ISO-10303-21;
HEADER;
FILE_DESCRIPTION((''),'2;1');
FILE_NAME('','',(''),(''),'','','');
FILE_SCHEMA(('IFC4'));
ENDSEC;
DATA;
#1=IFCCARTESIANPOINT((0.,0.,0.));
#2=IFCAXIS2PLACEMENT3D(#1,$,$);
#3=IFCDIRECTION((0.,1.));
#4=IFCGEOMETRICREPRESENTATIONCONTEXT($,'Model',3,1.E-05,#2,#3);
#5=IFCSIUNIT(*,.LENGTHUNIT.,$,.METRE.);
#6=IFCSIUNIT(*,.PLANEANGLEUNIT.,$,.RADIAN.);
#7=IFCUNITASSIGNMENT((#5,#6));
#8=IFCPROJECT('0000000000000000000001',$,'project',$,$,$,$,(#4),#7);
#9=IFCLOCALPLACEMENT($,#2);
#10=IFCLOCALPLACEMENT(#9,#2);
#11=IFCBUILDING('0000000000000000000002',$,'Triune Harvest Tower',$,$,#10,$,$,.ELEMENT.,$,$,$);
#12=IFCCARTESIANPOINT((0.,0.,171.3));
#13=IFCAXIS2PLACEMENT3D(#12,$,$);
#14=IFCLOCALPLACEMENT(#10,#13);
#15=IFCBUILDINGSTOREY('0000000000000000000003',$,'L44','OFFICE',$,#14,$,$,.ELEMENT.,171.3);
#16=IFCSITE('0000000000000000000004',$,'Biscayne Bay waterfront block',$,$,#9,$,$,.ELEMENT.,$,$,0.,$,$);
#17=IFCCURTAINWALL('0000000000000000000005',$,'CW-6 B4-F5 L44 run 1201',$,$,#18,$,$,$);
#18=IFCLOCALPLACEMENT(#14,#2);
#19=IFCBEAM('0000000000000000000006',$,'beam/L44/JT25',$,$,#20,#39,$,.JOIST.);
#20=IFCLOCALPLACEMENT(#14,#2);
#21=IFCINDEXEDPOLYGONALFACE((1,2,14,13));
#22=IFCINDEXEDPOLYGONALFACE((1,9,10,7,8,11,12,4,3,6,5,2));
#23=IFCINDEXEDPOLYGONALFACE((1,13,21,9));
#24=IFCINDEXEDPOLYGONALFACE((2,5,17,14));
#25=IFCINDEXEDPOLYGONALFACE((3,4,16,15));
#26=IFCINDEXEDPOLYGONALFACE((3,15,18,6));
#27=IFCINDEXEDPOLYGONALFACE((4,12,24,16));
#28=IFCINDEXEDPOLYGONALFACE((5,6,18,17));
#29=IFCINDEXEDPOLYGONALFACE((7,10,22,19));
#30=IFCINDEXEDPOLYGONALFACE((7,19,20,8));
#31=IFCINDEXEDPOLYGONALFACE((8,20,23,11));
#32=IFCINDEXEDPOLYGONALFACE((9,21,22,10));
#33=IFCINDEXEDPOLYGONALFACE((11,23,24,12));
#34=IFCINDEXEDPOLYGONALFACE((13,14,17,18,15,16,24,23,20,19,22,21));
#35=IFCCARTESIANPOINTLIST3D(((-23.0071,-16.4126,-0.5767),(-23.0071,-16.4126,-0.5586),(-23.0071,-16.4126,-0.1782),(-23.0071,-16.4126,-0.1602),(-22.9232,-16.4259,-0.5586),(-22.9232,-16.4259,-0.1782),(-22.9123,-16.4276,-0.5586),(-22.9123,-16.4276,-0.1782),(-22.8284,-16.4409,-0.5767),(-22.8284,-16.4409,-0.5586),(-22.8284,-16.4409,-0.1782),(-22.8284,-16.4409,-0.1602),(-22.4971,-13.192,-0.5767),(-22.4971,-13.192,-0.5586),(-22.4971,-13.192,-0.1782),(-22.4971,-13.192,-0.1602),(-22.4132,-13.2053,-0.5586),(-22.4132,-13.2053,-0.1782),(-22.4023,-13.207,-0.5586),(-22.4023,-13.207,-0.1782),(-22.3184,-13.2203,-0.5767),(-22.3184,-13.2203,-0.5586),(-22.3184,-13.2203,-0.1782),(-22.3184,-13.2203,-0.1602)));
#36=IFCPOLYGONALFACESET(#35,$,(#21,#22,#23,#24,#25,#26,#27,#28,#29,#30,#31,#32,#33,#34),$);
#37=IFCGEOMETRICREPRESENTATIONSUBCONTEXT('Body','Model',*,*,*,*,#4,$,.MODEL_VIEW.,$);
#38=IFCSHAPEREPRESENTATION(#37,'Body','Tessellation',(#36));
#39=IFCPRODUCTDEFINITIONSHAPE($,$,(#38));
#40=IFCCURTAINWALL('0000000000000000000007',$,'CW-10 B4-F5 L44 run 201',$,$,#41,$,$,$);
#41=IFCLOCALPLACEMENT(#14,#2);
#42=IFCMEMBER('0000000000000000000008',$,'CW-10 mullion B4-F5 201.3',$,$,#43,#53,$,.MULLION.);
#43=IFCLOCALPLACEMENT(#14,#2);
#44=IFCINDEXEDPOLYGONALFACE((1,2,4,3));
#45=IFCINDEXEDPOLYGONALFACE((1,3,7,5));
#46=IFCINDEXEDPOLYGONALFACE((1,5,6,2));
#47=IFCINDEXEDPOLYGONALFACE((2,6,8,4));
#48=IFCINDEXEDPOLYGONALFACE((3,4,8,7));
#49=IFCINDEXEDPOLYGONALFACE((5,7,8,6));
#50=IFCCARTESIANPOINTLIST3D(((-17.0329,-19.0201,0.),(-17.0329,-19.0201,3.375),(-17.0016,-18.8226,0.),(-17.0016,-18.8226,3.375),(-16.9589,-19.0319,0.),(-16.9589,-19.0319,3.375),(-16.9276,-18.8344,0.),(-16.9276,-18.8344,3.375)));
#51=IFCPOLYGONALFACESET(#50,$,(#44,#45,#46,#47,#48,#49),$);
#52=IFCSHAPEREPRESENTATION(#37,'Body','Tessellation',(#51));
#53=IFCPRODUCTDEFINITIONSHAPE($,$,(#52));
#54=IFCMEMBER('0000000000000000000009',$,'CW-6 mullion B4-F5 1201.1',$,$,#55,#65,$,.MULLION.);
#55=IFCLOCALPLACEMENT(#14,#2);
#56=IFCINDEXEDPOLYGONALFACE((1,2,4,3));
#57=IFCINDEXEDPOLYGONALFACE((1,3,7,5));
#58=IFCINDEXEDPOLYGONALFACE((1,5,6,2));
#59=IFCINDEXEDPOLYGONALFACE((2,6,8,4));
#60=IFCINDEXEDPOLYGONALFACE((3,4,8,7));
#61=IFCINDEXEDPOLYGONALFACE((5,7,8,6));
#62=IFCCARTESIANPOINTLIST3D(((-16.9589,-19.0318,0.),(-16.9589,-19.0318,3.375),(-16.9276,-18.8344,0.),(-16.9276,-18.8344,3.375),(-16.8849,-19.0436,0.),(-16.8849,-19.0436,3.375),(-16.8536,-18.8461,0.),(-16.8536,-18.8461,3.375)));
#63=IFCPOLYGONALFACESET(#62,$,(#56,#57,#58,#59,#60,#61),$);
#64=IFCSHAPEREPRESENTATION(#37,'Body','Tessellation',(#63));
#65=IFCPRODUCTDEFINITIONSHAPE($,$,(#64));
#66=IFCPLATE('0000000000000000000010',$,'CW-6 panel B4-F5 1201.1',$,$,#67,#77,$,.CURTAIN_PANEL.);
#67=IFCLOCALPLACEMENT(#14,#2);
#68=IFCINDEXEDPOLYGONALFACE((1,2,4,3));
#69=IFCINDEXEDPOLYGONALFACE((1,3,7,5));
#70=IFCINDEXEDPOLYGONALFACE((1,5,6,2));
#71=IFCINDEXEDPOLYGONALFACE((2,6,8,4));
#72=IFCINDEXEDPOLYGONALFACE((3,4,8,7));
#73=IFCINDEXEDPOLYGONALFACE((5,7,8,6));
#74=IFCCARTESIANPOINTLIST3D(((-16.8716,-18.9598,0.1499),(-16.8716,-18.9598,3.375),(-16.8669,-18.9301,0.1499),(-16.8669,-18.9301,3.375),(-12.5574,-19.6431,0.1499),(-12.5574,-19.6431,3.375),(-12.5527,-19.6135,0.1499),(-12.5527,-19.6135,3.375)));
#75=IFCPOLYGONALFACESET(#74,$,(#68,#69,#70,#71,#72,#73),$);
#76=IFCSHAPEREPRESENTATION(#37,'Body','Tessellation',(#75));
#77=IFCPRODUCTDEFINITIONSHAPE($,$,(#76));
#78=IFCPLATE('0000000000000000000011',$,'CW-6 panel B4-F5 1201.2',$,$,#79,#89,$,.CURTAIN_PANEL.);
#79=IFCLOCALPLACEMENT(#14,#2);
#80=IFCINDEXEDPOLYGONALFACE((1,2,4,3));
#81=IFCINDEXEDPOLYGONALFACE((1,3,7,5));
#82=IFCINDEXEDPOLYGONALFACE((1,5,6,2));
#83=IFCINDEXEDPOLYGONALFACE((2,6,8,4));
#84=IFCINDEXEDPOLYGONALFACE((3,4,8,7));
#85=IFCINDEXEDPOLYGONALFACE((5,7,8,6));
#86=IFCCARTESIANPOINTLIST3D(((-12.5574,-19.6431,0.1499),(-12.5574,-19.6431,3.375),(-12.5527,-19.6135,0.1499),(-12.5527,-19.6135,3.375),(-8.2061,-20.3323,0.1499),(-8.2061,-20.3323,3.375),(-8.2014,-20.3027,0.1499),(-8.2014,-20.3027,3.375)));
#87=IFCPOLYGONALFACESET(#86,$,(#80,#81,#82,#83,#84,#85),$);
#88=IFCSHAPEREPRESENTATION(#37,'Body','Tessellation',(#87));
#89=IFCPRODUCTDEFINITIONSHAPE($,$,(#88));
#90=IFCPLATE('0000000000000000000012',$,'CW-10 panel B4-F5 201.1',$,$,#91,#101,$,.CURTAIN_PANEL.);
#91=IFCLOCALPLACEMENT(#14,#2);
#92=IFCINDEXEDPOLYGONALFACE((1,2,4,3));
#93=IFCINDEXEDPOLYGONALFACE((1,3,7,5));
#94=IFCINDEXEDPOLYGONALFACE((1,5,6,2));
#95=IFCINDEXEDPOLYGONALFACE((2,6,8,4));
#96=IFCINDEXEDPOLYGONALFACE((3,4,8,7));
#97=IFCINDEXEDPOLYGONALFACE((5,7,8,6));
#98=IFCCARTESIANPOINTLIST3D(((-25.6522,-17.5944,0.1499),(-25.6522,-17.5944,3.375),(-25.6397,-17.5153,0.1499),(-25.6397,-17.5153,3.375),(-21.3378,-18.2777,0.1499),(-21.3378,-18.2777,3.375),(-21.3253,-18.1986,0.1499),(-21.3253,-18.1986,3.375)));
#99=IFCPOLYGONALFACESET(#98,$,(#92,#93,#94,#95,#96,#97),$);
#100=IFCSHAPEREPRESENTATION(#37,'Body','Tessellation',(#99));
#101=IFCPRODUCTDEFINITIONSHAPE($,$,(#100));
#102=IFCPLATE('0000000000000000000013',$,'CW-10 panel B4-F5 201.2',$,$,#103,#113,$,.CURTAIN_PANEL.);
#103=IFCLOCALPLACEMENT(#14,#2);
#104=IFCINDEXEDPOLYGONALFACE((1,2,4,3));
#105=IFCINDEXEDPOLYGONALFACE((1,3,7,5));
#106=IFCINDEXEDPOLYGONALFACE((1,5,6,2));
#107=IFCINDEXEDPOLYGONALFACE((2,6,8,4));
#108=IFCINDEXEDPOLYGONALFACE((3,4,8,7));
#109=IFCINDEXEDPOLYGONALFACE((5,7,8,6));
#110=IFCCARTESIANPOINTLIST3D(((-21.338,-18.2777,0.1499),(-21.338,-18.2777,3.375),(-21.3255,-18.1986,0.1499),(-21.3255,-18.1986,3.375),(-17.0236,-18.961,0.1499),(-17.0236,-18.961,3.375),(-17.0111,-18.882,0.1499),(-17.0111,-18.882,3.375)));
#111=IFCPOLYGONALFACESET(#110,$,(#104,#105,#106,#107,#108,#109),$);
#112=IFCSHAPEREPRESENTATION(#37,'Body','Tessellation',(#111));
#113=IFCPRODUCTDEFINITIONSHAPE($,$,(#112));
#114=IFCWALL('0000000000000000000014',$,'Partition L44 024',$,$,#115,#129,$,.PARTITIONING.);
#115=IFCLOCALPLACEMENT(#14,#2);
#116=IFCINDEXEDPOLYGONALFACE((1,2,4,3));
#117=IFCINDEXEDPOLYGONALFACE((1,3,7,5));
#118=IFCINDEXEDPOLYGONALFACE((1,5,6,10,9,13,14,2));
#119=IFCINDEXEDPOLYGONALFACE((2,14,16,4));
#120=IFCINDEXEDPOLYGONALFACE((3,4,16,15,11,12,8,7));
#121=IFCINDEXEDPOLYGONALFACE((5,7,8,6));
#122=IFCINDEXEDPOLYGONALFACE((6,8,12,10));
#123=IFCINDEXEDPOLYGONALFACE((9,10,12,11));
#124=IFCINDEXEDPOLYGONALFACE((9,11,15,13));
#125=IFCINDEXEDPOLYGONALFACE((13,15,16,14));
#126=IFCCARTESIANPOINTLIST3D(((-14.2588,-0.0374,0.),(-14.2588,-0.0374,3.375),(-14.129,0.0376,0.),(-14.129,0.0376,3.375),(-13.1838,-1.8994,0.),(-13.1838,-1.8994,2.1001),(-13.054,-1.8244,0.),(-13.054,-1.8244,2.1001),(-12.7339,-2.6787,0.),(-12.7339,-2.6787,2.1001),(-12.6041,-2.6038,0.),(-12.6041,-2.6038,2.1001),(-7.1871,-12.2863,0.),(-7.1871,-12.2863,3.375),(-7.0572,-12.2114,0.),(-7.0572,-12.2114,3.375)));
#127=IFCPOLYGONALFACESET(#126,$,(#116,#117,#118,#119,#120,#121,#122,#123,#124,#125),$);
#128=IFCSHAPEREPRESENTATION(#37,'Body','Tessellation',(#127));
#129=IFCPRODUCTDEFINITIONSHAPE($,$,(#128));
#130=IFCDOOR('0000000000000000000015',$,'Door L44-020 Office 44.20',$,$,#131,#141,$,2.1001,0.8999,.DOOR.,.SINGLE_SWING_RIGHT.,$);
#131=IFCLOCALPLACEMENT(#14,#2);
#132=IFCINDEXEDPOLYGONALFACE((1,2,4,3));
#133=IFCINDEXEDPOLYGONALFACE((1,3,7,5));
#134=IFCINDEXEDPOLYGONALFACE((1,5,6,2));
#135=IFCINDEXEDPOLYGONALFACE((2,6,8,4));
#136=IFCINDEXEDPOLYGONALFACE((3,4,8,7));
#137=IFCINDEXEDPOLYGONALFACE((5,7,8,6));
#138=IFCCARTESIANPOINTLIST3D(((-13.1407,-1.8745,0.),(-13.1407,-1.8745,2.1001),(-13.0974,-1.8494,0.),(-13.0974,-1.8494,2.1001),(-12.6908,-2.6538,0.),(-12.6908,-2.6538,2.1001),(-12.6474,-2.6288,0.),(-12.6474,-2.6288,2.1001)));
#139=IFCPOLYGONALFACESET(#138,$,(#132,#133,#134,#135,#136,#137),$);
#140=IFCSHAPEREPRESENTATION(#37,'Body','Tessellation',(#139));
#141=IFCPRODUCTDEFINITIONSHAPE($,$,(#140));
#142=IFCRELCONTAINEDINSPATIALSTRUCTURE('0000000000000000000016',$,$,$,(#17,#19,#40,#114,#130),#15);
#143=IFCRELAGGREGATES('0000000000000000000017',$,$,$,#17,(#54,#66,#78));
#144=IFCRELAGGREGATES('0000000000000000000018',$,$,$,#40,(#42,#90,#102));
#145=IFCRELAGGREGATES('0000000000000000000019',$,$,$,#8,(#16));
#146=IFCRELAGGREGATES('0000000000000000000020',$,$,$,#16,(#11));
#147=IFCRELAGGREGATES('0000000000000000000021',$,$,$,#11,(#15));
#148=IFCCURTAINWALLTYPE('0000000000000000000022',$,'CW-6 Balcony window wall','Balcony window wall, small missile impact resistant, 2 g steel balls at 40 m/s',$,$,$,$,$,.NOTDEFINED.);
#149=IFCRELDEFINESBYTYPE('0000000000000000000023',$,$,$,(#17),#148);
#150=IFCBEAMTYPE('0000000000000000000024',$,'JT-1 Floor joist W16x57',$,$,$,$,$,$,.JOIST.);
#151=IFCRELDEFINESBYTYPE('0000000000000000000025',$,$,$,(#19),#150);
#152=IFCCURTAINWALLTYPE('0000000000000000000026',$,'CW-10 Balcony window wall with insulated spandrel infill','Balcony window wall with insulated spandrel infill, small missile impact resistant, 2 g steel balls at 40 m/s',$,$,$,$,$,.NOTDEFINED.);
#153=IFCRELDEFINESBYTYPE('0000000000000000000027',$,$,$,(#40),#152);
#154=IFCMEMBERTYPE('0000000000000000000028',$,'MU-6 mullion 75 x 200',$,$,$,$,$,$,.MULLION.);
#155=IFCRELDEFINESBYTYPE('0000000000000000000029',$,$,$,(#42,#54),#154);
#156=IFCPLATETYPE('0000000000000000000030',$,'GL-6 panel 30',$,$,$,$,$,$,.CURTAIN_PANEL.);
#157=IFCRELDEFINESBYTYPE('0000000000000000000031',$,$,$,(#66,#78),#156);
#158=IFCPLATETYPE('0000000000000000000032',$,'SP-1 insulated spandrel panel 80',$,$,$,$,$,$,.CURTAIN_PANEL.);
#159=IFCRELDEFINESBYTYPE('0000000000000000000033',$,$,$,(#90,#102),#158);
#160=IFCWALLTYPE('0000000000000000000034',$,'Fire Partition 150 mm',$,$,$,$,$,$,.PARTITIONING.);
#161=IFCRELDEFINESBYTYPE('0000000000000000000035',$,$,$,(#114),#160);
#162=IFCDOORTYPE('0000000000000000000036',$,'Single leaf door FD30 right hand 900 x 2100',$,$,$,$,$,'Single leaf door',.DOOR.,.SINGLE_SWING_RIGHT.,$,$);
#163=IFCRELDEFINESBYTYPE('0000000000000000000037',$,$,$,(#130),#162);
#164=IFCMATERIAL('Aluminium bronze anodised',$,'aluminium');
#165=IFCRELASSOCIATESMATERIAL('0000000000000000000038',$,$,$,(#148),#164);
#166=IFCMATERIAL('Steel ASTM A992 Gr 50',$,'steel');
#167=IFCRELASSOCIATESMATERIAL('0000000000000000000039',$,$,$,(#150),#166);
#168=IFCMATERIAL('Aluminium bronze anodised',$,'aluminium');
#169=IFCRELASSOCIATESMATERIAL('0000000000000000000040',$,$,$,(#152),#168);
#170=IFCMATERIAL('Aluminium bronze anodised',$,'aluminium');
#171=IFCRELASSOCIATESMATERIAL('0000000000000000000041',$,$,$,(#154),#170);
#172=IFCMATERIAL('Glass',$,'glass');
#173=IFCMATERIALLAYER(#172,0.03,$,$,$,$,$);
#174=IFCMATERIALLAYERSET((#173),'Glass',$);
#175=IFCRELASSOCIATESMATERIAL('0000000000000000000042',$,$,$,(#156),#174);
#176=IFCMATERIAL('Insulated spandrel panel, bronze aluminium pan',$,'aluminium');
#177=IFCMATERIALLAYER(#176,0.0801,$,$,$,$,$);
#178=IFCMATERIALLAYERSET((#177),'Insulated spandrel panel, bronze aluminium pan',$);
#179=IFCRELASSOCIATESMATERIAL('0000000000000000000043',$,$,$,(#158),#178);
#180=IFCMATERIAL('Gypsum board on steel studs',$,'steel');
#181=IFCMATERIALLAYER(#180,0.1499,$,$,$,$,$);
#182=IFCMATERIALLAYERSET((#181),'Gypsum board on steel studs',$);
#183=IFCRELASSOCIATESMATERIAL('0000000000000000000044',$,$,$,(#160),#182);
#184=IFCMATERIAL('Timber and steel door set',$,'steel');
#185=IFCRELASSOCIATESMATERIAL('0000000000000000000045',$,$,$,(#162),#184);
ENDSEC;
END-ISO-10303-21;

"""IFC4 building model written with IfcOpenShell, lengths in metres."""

from ifc_helpers import new_model, si_unit, direction, frame, frame_2d, origin, origin_2d, place, context, subcontext, project, spatial, rectangle, i_section, extrude, source, transform, mapped, material, layer, layer_set, material_profile, profile_set, type_object, element, fill, aggregate, save


model = new_model("IFC4")

# Units and contexts
model_context = context("Model", 3, precision=1e-05, world=origin(), true_north=direction((0.0, 1.0)))
body_context = subcontext(model_context, "Body", "Model", "MODEL_VIEW")
ifc_project = project(units=[si_unit("LENGTHUNIT", "METRE"), si_unit("PLANEANGLEUNIT", "RADIAN")], contexts=[model_context])

# Site, building, storey
site_placement = place(None, origin())
site = spatial("IfcSite", under=ifc_project, at=site_placement, Name="Biscayne Bay waterfront block", CompositionType="ELEMENT", RefElevation=0.0)
building_placement = place(site_placement, origin())
building = spatial("IfcBuilding", under=site, at=building_placement, Name="Triune Harvest Tower", CompositionType="ELEMENT")
storey_placement = place(building_placement, frame((0.0, 0.0, 171.3)))
storey = spatial("IfcBuildingStorey", under=building, at=storey_placement, Name="L44", Description="OFFICE", CompositionType="ELEMENT", Elevation=171.3)

# Curtain wall
ifc_material_1 = material(Name="Aluminium bronze anodised", Category="aluminium")
curtain_wall_type_1 = type_object("IfcCurtainWallType", Name="CW-6 Balcony window wall", Description="Balcony window wall, small missile impact resistant, 2 g steel balls at 40 m/s", PredefinedType="NOTDEFINED", material=ifc_material_1)
curtain_wall_1_placement = place(storey_placement, origin())
curtain_wall_1 = element("IfcCurtainWall", 1, at=curtain_wall_1_placement, inside=storey, type_object=curtain_wall_type_1, Name="CW-6 B4-F5 L44 run 1201")

# Beam
ifc_material_2 = material(Name="Steel ASTM A992 Gr 50", Category="steel")
ifc_material_profile_1 = material_profile(ifc_material_2, i_section(OverallWidth=0.1809, OverallDepth=0.4165, WebThickness=0.011, FlangeThickness=0.0181, at=origin_2d()), Name="W16x57")
ifc_profile_set_1 = profile_set([ifc_material_profile_1], Name="Steel ASTM A992 Gr 50")
beam_type_1 = type_object("IfcBeamType", Name="JT-1 Floor joist W16x57", PredefinedType="JOIST", material=ifc_profile_set_1)
shared_shape_1 = source(origin(), body_context, "Body", "SweptSolid", [
    extrude(i_section(OverallWidth=0.1809, OverallDepth=0.4165, WebThickness=0.011, FlangeThickness=0.0181, at=origin_2d()), origin(), (0.0, 0.0, 1.0), 3.2607),
])
beam_1_placement = place(storey_placement, frame((-22.9177, -16.4268, -0.3684), z_axis=(0.156405, 0.987693, 0.0), x_axis=(-0.987693, 0.156405, 0.0)))
element("IfcBeam", 2, at=beam_1_placement, inside=storey, type_object=beam_type_1, Name="beam/L44/JT25", PredefinedType="JOIST", context=body_context, shape_type="MappedRepresentation", body=[
    mapped(shared_shape_1, transform((0.0, 0.0, 0.0), scale=1.0)),
])

# Curtain wall, member
ifc_material_3 = material(Name="Aluminium bronze anodised", Category="aluminium")
curtain_wall_type_2 = type_object("IfcCurtainWallType", Name="CW-10 Balcony window wall with insulated spandrel infill", Description="Balcony window wall with insulated spandrel infill, small missile impact resistant, 2 g steel balls at 40 m/s", PredefinedType="NOTDEFINED", material=ifc_material_3)
curtain_wall_2_placement = place(storey_placement, origin())
curtain_wall_2 = element("IfcCurtainWall", 3, at=curtain_wall_2_placement, inside=storey, type_object=curtain_wall_type_2, Name="CW-10 B4-F5 L44 run 201")
ifc_material_4 = material(Name="Aluminium bronze anodised", Category="aluminium")
ifc_material_profile_2 = material_profile(ifc_material_4, rectangle(XDim=0.2, YDim=0.075, at=origin_2d()), Name="MU-6 mullion 75 x 200")
ifc_profile_set_2 = profile_set([ifc_material_profile_2], Name="Aluminium bronze anodised")
member_type_1 = type_object("IfcMemberType", Name="MU-6 mullion 75 x 200", PredefinedType="MULLION", material=ifc_profile_set_2)
shared_shape_2 = source(origin(), body_context, "Body", "SweptSolid", [
    extrude(rectangle(XDim=0.2, YDim=0.075, at=origin_2d()), origin(), (0.0, 0.0, 1.0), 3.375),
])
member_1_placement = place(storey_placement, frame((-16.9802, -18.9272, 0.0), z_axis=(0.0, 0.0, 1.0), x_axis=(0.156435, 0.987688, 0.0)))
member_1 = element("IfcMember", 4, at=member_1_placement, type_object=member_type_1, Name="CW-10 mullion B4-F5 201.3", PredefinedType="MULLION", context=body_context, shape_type="MappedRepresentation", body=[
    mapped(shared_shape_2, transform((0.0, 0.0, 0.0), scale=1.0)),
])

# Member
member_2_placement = place(storey_placement, frame((-16.9062, -18.939, 0.0), z_axis=(0.0, 0.0, 1.0), x_axis=(0.156441, 0.987687, 0.0)))
member_2 = element("IfcMember", 5, at=member_2_placement, type_object=member_type_1, Name="CW-6 mullion B4-F5 1201.1", PredefinedType="MULLION", context=body_context, shape_type="MappedRepresentation", body=[
    mapped(shared_shape_2, transform((0.0, 0.0, 0.0), scale=1.0)),
])

# Plates
ifc_material_5 = material(Name="Glass", Category="glass")
ifc_layer_1 = layer(ifc_material_5, 0.03)
ifc_layer_set_1 = layer_set([ifc_layer_1], Name="Glass")
plate_type_1 = type_object("IfcPlateType", Name="GL-6 panel 30", PredefinedType="CURTAIN_PANEL", material=ifc_layer_set_1)
plate_1_placement = place(storey_placement, frame((-14.7122, -19.2866, 0.1499), z_axis=(0.0, 0.0, 1.0), x_axis=(0.987687, -0.156441, 0.0)))
plate_1 = element("IfcPlate", 6, at=plate_1_placement, type_object=plate_type_1, Name="CW-6 panel B4-F5 1201.1", PredefinedType="CURTAIN_PANEL", context=body_context, shape_type="SweptSolid", body=[
    extrude(rectangle(XDim=4.3679, YDim=0.03, at=origin_2d()), origin(), (0.0, 0.0, 1.0), 3.2251),
])
plate_2_placement = place(storey_placement, frame((-10.3794, -19.9729, 0.1499), z_axis=(0.0, 0.0, 1.0), x_axis=(0.987687, -0.156441, 0.0)))
plate_2 = element("IfcPlate", 7, at=plate_2_placement, type_object=plate_type_1, Name="CW-6 panel B4-F5 1201.2", PredefinedType="CURTAIN_PANEL", context=body_context, shape_type="SweptSolid", body=[
    extrude(rectangle(XDim=4.4055, YDim=0.03, at=origin_2d()), origin(), (0.0, 0.0, 1.0), 3.2251),
])
aggregate(curtain_wall_1, [member_2, plate_1, plate_2])
ifc_material_6 = material(Name="Insulated spandrel panel, bronze aluminium pan", Category="aluminium")
ifc_layer_2 = layer(ifc_material_6, 0.0801)
ifc_layer_set_2 = layer_set([ifc_layer_2], Name="Insulated spandrel panel, bronze aluminium pan")
plate_type_2 = type_object("IfcPlateType", Name="SP-1 insulated spandrel panel 80", PredefinedType="CURTAIN_PANEL", material=ifc_layer_set_2)
shared_shape_3 = source(origin(), body_context, "Body", "SweptSolid", [
    extrude(rectangle(XDim=4.3682, YDim=0.0801, at=origin_2d()), origin(), (0.0, 0.0, 1.0), 3.2251),
])
plate_3_placement = place(storey_placement, frame((-23.4888, -17.8965, 0.1499), z_axis=(0.0, 0.0, 1.0), x_axis=(0.987688, -0.156435, 0.0)))
plate_3 = element("IfcPlate", 8, at=plate_3_placement, type_object=plate_type_2, Name="CW-10 panel B4-F5 201.1", PredefinedType="CURTAIN_PANEL", context=body_context, shape_type="MappedRepresentation", body=[
    mapped(shared_shape_3, transform((0.0, 0.0, 0.0), scale=1.0)),
])
plate_4_placement = place(storey_placement, frame((-19.1746, -18.5798, 0.1499), z_axis=(0.0, 0.0, 1.0), x_axis=(0.987688, -0.156435, 0.0)))
plate_4 = element("IfcPlate", 9, at=plate_4_placement, type_object=plate_type_2, Name="CW-10 panel B4-F5 201.2", PredefinedType="CURTAIN_PANEL", context=body_context, shape_type="MappedRepresentation", body=[
    mapped(shared_shape_3, transform((0.0, 0.0, 0.0), scale=1.0)),
])
aggregate(curtain_wall_2, [member_1, plate_3, plate_4])

# Wall, opening, door
ifc_material_7 = material(Name="Gypsum board on steel studs", Category="steel")
ifc_layer_3 = layer(ifc_material_7, 0.1499)
ifc_layer_set_3 = layer_set([ifc_layer_3], Name="Gypsum board on steel studs")
wall_type_1 = type_object("IfcWallType", Name="Fire Partition 150 mm", PredefinedType="PARTITIONING", material=ifc_layer_set_3)
wall_1_placement = place(storey_placement, frame((-14.1938, 0.0, 0.0), z_axis=(0.0, 0.0, 1.0), x_axis=(0.499989, -0.866032, 0.0)))
wall_1 = element("IfcWall", 10, at=wall_1_placement, inside=storey, type_object=wall_type_1, Name="Partition L44 024", PredefinedType="PARTITIONING", context=body_context, shape_type="SweptSolid", body=[
    extrude(rectangle(XDim=14.1438, YDim=0.1499, at=frame_2d((7.0718, 0.0))), origin(), (0.0, 0.0, 1.0), 3.375),
])
opening_1_placement = place(wall_1_placement, frame((2.1499, 0.0, 0.0)))
opening_1 = element("IfcOpeningElement", 11, at=opening_1_placement, cuts=wall_1, PredefinedType="OPENING", context=body_context, shape_type="SweptSolid", body=[
    extrude(rectangle(XDim=0.8999, YDim=2.1001, at=frame_2d((0.45, 1.05))), frame((0.0, 0.085, 0.0), z_axis=(0.0, -1.0, 0.0), x_axis=(1.0, 0.0, 0.0)), (0.0, 0.0, 1.0), 0.1699),
])
ifc_material_8 = material(Name="Timber and steel door set", Category="steel")
door_type_1 = type_object("IfcDoorType", Name="Single leaf door FD30 right hand 900 x 2100", ElementType="Single leaf door", OperationType="SINGLE_SWING_RIGHT", PredefinedType="DOOR", material=ifc_material_8)
door_1_placement = place(opening_1_placement, origin())
door_1 = element("IfcDoor", 12, at=door_1_placement, inside=storey, type_object=door_type_1, Name="Door L44-020 Office 44.20", OperationType="SINGLE_SWING_RIGHT", OverallHeight=2.1001, OverallWidth=0.8999, PredefinedType="DOOR", context=body_context, shape_type="SweptSolid", body=[
    extrude(rectangle(XDim=0.8999, YDim=2.1001, at=frame_2d((0.45, 1.05))), frame((0.0, 0.0249, 0.0), z_axis=(0.0, -1.0, 0.0), x_axis=(1.0, 0.0, 0.0)), (0.0, 0.0, 1.0), 0.05),
])
fill(opening_1, door_1)

save(model, "model.ifc")
